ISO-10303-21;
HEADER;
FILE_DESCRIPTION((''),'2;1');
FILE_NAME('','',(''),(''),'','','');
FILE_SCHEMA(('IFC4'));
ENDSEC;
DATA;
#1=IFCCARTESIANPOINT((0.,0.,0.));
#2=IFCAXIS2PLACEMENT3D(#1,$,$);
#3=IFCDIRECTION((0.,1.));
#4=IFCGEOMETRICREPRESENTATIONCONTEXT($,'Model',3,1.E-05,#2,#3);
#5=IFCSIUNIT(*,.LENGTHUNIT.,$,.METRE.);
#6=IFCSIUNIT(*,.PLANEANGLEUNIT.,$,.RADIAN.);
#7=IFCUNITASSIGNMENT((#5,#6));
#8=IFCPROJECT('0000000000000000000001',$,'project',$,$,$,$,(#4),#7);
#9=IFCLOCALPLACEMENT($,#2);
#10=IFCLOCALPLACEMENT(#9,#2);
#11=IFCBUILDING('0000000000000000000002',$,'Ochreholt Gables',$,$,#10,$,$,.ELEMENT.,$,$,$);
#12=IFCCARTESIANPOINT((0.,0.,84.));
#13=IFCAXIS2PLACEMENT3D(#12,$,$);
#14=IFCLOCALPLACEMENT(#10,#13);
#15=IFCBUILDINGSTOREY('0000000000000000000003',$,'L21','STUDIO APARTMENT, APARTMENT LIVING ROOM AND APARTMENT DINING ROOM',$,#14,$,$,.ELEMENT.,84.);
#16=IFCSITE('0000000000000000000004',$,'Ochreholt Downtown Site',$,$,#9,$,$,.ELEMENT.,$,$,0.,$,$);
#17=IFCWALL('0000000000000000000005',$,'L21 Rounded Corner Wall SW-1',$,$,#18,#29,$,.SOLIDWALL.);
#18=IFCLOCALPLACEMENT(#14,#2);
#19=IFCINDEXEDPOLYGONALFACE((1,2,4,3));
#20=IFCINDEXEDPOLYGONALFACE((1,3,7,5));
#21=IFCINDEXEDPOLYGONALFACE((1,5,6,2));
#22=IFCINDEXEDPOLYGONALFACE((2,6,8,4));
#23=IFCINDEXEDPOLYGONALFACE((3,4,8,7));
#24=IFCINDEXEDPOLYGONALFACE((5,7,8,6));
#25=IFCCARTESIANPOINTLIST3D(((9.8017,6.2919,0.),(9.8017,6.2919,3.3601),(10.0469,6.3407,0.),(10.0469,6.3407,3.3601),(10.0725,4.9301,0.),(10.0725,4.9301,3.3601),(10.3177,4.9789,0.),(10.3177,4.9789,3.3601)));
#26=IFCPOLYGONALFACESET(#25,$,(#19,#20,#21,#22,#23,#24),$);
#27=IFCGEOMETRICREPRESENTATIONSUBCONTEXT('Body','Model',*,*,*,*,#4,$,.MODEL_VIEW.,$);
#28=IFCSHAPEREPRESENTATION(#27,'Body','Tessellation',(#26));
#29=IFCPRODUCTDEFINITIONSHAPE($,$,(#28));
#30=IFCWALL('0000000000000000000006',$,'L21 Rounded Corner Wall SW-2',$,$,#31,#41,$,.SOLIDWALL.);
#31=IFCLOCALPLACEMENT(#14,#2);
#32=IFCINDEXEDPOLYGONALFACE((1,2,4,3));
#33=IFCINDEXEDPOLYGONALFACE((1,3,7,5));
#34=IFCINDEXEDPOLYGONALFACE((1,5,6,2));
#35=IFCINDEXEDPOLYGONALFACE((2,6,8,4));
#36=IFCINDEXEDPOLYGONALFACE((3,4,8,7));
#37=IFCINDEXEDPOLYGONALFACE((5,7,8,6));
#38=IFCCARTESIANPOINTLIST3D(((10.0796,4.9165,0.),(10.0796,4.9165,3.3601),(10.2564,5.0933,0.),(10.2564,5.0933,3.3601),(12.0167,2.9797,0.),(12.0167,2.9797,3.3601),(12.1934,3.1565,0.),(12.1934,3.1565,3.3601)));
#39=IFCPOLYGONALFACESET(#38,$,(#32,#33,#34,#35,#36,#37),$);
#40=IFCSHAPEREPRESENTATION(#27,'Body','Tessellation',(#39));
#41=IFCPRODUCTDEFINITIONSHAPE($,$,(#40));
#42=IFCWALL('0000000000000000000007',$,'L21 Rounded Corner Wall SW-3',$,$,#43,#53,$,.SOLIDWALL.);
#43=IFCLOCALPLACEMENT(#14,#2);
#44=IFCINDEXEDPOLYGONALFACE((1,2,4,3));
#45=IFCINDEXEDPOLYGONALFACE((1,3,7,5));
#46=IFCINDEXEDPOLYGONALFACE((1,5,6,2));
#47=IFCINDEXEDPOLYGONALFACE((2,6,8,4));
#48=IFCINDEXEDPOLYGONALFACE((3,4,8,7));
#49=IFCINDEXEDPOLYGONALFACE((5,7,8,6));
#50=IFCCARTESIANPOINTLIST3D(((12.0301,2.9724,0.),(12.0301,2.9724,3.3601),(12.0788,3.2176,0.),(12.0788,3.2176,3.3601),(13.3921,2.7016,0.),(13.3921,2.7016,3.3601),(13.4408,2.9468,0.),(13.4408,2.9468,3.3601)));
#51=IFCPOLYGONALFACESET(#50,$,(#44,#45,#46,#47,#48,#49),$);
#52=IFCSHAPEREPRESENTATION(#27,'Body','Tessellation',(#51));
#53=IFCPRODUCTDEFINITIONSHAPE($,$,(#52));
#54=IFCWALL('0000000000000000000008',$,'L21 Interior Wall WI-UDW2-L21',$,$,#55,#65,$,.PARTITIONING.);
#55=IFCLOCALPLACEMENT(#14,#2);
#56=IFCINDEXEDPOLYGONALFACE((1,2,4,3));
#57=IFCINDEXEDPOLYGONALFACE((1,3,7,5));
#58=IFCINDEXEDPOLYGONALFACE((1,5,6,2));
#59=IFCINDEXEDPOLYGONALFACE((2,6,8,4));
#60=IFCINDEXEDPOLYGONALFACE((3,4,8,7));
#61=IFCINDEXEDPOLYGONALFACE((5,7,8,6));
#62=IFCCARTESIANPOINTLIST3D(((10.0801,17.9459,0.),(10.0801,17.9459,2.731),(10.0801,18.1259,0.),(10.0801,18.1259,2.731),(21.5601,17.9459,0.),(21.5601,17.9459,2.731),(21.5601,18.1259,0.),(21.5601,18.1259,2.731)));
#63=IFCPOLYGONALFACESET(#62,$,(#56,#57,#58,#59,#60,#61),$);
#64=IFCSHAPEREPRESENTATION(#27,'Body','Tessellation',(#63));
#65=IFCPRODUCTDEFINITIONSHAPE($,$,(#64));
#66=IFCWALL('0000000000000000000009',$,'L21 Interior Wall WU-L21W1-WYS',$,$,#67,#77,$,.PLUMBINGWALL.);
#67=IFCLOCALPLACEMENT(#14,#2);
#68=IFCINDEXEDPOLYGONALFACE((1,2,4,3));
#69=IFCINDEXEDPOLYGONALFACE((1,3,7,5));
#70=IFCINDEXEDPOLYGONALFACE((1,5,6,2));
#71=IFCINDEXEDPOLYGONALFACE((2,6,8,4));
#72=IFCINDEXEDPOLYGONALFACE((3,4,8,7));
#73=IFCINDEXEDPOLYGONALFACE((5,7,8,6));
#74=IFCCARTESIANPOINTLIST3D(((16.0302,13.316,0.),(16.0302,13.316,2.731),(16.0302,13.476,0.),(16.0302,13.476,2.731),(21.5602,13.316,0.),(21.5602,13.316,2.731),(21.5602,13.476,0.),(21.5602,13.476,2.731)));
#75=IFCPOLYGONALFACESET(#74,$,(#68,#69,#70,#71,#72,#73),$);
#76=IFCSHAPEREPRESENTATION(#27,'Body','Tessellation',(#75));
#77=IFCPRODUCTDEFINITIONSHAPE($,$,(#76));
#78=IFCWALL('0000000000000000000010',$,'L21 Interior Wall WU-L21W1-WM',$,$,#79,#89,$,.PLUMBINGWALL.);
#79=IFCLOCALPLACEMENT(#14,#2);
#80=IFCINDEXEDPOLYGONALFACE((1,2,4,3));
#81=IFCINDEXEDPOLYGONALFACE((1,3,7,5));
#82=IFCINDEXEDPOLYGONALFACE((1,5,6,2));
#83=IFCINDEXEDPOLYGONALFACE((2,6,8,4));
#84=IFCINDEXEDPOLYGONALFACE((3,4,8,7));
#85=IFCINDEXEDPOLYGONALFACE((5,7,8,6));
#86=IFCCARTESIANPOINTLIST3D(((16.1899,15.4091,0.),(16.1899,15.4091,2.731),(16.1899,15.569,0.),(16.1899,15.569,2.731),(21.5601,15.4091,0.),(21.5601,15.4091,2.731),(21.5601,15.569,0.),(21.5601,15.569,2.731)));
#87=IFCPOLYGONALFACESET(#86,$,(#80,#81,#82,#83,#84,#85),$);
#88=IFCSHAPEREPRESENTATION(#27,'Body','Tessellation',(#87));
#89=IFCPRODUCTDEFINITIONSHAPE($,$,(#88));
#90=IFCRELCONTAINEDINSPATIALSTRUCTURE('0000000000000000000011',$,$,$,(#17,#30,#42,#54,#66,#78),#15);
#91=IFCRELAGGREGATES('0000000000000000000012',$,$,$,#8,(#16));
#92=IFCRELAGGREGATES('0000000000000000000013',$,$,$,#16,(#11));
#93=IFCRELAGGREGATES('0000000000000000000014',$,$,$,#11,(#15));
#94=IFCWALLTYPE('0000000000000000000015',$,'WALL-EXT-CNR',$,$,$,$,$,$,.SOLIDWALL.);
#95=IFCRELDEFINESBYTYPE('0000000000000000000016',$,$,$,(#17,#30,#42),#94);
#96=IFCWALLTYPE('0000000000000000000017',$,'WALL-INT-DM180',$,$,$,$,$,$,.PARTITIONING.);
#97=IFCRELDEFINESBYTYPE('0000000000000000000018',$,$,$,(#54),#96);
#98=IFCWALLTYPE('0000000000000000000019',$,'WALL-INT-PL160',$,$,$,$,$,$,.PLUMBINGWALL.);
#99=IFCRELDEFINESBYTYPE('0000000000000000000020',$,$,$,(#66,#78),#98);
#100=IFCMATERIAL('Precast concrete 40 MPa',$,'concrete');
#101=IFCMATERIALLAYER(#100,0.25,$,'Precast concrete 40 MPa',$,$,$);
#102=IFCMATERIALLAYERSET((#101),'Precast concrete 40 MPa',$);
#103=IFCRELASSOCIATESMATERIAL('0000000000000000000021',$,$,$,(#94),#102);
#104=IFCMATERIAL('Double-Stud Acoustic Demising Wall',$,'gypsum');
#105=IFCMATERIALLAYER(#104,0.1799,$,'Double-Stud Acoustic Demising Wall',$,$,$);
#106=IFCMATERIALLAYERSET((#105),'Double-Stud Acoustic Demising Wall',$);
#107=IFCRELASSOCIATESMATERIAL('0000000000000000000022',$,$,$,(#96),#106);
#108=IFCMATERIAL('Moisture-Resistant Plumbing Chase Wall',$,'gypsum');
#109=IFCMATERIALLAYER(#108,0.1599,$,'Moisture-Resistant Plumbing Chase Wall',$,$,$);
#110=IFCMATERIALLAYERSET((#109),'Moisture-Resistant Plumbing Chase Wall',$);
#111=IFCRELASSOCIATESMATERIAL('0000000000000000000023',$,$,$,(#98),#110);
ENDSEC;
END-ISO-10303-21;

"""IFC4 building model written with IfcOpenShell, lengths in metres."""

from ifc_helpers import new_model, si_unit, direction, frame, frame_2d, origin, place, context, subcontext, project, spatial, rectangle, extrude, material, layer, layer_set, type_object, element, save


model = new_model("IFC4")

# Units and contexts
model_context = context("Model", 3, precision=1e-05, world=origin(), true_north=direction((0.0, 1.0)))
body_context = subcontext(model_context, "Body", "Model", "MODEL_VIEW")
ifc_project = project(units=[si_unit("LENGTHUNIT", "METRE"), si_unit("PLANEANGLEUNIT", "RADIAN")], contexts=[model_context])

# Site, building, storey
site_placement = place(None, origin())
site = spatial("IfcSite", under=ifc_project, at=site_placement, Name="Ochreholt Downtown Site", CompositionType="ELEMENT", RefElevation=0.0)
building_placement = place(site_placement, origin())
building = spatial("IfcBuilding", under=site, at=building_placement, Name="Ochreholt Gables", CompositionType="ELEMENT")
storey_placement = place(building_placement, frame((0.0, 0.0, 84.0)))
storey = spatial("IfcBuildingStorey", under=building, at=storey_placement, Name="L21", Description="STUDIO APARTMENT, APARTMENT LIVING ROOM AND APARTMENT DINING ROOM", CompositionType="ELEMENT", Elevation=84.0)

# Shared definitions
ifc_material_1 = material(Name="Precast concrete 40 MPa", Category="concrete")

# Walls
ifc_layer_1 = layer(ifc_material_1, 0.25, Name="Precast concrete 40 MPa")
ifc_layer_set_1 = layer_set([ifc_layer_1], Name="Precast concrete 40 MPa")
wall_type_1 = type_object("IfcWallType", Name="WALL-EXT-CNR", PredefinedType="SOLIDWALL", material=ifc_layer_set_1)
wall_1_placement = place(storey_placement, frame((9.9243, 6.3164, 0.0), z_axis=(0.0, 0.0, 1.0), x_axis=(0.195, -0.980803, 0.0)))
element("IfcWall", 1, at=wall_1_placement, inside=storey, type_object=wall_type_1, Name="L21 Rounded Corner Wall SW-1", PredefinedType="SOLIDWALL", context=body_context, shape_type="SweptSolid", body=[
    extrude(rectangle(XDim=1.3884, YDim=0.25, at=frame_2d((0.6943, 0.0))), origin(), (0.0, 0.0, 1.0), 3.3601),
])
wall_2_placement = place(storey_placement, frame((10.168, 5.0049, 0.0), z_axis=(0.0, 0.0, 1.0), x_axis=(0.707151, -0.707062, 0.0)))
element("IfcWall", 2, at=wall_2_placement, inside=storey, type_object=wall_type_1, Name="L21 Rounded Corner Wall SW-2", PredefinedType="SOLIDWALL", context=body_context, shape_type="SweptSolid", body=[
    extrude(rectangle(XDim=2.7393, YDim=0.25, at=frame_2d((1.3696, 0.0))), origin(), (0.0, 0.0, 1.0), 3.3601),
])
wall_3_placement = place(storey_placement, frame((12.0544, 3.095, 0.0), z_axis=(0.0, 0.0, 1.0), x_axis=(0.98081, -0.194967, 0.0)))
element("IfcWall", 3, at=wall_3_placement, inside=storey, type_object=wall_type_1, Name="L21 Rounded Corner Wall SW-3", PredefinedType="SOLIDWALL", context=body_context, shape_type="SweptSolid", body=[
    extrude(rectangle(XDim=1.3887, YDim=0.25, at=frame_2d((0.6943, 0.0))), origin(), (0.0, 0.0, 1.0), 3.3601),
])
ifc_material_2 = material(Name="Double-Stud Acoustic Demising Wall", Category="gypsum")
ifc_layer_2 = layer(ifc_material_2, 0.1799, Name="Double-Stud Acoustic Demising Wall")
ifc_layer_set_2 = layer_set([ifc_layer_2], Name="Double-Stud Acoustic Demising Wall")
wall_type_2 = type_object("IfcWallType", Name="WALL-INT-DM180", PredefinedType="PARTITIONING", material=ifc_layer_set_2)
wall_4_placement = place(storey_placement, frame((10.0801, 18.0359, 0.0), z_axis=(0.0, 0.0, 1.0), x_axis=(1.0, 0.0, 0.0)))
element("IfcWall", 4, at=wall_4_placement, inside=storey, type_object=wall_type_2, Name="L21 Interior Wall WI-UDW2-L21", PredefinedType="PARTITIONING", context=body_context, shape_type="SweptSolid", body=[
    extrude(rectangle(XDim=11.48, YDim=0.1799, at=frame_2d((5.74, 0.0))), origin(), (0.0, 0.0, 1.0), 2.731),
])
ifc_material_3 = material(Name="Moisture-Resistant Plumbing Chase Wall", Category="gypsum")
ifc_layer_3 = layer(ifc_material_3, 0.1599, Name="Moisture-Resistant Plumbing Chase Wall")
ifc_layer_set_3 = layer_set([ifc_layer_3], Name="Moisture-Resistant Plumbing Chase Wall")
wall_type_3 = type_object("IfcWallType", Name="WALL-INT-PL160", PredefinedType="PLUMBINGWALL", material=ifc_layer_set_3)
wall_5_placement = place(storey_placement, frame((16.03, 13.396, 0.0), z_axis=(0.0, 0.0, 1.0), x_axis=(1.0, 0.0, 0.0)))
element("IfcWall", 5, at=wall_5_placement, inside=storey, type_object=wall_type_3, Name="L21 Interior Wall WU-L21W1-WYS", PredefinedType="PLUMBINGWALL", context=body_context, shape_type="SweptSolid", body=[
    extrude(rectangle(XDim=5.53, YDim=0.1599, at=frame_2d((2.7651, 0.0))), origin(), (0.0, 0.0, 1.0), 2.731),
])

# Wall
wall_6_placement = place(storey_placement, frame((16.1899, 15.489, 0.0), z_axis=(0.0, 0.0, 1.0), x_axis=(1.0, 0.0, 0.0)))
element("IfcWall", 6, at=wall_6_placement, inside=storey, type_object=wall_type_3, Name="L21 Interior Wall WU-L21W1-WM", PredefinedType="PLUMBINGWALL", context=body_context, shape_type="SweptSolid", body=[
    extrude(rectangle(XDim=5.3701, YDim=0.1599, at=frame_2d((2.6851, 0.0))), origin(), (0.0, 0.0, 1.0), 2.731),
])

save(model, "model.ifc")
